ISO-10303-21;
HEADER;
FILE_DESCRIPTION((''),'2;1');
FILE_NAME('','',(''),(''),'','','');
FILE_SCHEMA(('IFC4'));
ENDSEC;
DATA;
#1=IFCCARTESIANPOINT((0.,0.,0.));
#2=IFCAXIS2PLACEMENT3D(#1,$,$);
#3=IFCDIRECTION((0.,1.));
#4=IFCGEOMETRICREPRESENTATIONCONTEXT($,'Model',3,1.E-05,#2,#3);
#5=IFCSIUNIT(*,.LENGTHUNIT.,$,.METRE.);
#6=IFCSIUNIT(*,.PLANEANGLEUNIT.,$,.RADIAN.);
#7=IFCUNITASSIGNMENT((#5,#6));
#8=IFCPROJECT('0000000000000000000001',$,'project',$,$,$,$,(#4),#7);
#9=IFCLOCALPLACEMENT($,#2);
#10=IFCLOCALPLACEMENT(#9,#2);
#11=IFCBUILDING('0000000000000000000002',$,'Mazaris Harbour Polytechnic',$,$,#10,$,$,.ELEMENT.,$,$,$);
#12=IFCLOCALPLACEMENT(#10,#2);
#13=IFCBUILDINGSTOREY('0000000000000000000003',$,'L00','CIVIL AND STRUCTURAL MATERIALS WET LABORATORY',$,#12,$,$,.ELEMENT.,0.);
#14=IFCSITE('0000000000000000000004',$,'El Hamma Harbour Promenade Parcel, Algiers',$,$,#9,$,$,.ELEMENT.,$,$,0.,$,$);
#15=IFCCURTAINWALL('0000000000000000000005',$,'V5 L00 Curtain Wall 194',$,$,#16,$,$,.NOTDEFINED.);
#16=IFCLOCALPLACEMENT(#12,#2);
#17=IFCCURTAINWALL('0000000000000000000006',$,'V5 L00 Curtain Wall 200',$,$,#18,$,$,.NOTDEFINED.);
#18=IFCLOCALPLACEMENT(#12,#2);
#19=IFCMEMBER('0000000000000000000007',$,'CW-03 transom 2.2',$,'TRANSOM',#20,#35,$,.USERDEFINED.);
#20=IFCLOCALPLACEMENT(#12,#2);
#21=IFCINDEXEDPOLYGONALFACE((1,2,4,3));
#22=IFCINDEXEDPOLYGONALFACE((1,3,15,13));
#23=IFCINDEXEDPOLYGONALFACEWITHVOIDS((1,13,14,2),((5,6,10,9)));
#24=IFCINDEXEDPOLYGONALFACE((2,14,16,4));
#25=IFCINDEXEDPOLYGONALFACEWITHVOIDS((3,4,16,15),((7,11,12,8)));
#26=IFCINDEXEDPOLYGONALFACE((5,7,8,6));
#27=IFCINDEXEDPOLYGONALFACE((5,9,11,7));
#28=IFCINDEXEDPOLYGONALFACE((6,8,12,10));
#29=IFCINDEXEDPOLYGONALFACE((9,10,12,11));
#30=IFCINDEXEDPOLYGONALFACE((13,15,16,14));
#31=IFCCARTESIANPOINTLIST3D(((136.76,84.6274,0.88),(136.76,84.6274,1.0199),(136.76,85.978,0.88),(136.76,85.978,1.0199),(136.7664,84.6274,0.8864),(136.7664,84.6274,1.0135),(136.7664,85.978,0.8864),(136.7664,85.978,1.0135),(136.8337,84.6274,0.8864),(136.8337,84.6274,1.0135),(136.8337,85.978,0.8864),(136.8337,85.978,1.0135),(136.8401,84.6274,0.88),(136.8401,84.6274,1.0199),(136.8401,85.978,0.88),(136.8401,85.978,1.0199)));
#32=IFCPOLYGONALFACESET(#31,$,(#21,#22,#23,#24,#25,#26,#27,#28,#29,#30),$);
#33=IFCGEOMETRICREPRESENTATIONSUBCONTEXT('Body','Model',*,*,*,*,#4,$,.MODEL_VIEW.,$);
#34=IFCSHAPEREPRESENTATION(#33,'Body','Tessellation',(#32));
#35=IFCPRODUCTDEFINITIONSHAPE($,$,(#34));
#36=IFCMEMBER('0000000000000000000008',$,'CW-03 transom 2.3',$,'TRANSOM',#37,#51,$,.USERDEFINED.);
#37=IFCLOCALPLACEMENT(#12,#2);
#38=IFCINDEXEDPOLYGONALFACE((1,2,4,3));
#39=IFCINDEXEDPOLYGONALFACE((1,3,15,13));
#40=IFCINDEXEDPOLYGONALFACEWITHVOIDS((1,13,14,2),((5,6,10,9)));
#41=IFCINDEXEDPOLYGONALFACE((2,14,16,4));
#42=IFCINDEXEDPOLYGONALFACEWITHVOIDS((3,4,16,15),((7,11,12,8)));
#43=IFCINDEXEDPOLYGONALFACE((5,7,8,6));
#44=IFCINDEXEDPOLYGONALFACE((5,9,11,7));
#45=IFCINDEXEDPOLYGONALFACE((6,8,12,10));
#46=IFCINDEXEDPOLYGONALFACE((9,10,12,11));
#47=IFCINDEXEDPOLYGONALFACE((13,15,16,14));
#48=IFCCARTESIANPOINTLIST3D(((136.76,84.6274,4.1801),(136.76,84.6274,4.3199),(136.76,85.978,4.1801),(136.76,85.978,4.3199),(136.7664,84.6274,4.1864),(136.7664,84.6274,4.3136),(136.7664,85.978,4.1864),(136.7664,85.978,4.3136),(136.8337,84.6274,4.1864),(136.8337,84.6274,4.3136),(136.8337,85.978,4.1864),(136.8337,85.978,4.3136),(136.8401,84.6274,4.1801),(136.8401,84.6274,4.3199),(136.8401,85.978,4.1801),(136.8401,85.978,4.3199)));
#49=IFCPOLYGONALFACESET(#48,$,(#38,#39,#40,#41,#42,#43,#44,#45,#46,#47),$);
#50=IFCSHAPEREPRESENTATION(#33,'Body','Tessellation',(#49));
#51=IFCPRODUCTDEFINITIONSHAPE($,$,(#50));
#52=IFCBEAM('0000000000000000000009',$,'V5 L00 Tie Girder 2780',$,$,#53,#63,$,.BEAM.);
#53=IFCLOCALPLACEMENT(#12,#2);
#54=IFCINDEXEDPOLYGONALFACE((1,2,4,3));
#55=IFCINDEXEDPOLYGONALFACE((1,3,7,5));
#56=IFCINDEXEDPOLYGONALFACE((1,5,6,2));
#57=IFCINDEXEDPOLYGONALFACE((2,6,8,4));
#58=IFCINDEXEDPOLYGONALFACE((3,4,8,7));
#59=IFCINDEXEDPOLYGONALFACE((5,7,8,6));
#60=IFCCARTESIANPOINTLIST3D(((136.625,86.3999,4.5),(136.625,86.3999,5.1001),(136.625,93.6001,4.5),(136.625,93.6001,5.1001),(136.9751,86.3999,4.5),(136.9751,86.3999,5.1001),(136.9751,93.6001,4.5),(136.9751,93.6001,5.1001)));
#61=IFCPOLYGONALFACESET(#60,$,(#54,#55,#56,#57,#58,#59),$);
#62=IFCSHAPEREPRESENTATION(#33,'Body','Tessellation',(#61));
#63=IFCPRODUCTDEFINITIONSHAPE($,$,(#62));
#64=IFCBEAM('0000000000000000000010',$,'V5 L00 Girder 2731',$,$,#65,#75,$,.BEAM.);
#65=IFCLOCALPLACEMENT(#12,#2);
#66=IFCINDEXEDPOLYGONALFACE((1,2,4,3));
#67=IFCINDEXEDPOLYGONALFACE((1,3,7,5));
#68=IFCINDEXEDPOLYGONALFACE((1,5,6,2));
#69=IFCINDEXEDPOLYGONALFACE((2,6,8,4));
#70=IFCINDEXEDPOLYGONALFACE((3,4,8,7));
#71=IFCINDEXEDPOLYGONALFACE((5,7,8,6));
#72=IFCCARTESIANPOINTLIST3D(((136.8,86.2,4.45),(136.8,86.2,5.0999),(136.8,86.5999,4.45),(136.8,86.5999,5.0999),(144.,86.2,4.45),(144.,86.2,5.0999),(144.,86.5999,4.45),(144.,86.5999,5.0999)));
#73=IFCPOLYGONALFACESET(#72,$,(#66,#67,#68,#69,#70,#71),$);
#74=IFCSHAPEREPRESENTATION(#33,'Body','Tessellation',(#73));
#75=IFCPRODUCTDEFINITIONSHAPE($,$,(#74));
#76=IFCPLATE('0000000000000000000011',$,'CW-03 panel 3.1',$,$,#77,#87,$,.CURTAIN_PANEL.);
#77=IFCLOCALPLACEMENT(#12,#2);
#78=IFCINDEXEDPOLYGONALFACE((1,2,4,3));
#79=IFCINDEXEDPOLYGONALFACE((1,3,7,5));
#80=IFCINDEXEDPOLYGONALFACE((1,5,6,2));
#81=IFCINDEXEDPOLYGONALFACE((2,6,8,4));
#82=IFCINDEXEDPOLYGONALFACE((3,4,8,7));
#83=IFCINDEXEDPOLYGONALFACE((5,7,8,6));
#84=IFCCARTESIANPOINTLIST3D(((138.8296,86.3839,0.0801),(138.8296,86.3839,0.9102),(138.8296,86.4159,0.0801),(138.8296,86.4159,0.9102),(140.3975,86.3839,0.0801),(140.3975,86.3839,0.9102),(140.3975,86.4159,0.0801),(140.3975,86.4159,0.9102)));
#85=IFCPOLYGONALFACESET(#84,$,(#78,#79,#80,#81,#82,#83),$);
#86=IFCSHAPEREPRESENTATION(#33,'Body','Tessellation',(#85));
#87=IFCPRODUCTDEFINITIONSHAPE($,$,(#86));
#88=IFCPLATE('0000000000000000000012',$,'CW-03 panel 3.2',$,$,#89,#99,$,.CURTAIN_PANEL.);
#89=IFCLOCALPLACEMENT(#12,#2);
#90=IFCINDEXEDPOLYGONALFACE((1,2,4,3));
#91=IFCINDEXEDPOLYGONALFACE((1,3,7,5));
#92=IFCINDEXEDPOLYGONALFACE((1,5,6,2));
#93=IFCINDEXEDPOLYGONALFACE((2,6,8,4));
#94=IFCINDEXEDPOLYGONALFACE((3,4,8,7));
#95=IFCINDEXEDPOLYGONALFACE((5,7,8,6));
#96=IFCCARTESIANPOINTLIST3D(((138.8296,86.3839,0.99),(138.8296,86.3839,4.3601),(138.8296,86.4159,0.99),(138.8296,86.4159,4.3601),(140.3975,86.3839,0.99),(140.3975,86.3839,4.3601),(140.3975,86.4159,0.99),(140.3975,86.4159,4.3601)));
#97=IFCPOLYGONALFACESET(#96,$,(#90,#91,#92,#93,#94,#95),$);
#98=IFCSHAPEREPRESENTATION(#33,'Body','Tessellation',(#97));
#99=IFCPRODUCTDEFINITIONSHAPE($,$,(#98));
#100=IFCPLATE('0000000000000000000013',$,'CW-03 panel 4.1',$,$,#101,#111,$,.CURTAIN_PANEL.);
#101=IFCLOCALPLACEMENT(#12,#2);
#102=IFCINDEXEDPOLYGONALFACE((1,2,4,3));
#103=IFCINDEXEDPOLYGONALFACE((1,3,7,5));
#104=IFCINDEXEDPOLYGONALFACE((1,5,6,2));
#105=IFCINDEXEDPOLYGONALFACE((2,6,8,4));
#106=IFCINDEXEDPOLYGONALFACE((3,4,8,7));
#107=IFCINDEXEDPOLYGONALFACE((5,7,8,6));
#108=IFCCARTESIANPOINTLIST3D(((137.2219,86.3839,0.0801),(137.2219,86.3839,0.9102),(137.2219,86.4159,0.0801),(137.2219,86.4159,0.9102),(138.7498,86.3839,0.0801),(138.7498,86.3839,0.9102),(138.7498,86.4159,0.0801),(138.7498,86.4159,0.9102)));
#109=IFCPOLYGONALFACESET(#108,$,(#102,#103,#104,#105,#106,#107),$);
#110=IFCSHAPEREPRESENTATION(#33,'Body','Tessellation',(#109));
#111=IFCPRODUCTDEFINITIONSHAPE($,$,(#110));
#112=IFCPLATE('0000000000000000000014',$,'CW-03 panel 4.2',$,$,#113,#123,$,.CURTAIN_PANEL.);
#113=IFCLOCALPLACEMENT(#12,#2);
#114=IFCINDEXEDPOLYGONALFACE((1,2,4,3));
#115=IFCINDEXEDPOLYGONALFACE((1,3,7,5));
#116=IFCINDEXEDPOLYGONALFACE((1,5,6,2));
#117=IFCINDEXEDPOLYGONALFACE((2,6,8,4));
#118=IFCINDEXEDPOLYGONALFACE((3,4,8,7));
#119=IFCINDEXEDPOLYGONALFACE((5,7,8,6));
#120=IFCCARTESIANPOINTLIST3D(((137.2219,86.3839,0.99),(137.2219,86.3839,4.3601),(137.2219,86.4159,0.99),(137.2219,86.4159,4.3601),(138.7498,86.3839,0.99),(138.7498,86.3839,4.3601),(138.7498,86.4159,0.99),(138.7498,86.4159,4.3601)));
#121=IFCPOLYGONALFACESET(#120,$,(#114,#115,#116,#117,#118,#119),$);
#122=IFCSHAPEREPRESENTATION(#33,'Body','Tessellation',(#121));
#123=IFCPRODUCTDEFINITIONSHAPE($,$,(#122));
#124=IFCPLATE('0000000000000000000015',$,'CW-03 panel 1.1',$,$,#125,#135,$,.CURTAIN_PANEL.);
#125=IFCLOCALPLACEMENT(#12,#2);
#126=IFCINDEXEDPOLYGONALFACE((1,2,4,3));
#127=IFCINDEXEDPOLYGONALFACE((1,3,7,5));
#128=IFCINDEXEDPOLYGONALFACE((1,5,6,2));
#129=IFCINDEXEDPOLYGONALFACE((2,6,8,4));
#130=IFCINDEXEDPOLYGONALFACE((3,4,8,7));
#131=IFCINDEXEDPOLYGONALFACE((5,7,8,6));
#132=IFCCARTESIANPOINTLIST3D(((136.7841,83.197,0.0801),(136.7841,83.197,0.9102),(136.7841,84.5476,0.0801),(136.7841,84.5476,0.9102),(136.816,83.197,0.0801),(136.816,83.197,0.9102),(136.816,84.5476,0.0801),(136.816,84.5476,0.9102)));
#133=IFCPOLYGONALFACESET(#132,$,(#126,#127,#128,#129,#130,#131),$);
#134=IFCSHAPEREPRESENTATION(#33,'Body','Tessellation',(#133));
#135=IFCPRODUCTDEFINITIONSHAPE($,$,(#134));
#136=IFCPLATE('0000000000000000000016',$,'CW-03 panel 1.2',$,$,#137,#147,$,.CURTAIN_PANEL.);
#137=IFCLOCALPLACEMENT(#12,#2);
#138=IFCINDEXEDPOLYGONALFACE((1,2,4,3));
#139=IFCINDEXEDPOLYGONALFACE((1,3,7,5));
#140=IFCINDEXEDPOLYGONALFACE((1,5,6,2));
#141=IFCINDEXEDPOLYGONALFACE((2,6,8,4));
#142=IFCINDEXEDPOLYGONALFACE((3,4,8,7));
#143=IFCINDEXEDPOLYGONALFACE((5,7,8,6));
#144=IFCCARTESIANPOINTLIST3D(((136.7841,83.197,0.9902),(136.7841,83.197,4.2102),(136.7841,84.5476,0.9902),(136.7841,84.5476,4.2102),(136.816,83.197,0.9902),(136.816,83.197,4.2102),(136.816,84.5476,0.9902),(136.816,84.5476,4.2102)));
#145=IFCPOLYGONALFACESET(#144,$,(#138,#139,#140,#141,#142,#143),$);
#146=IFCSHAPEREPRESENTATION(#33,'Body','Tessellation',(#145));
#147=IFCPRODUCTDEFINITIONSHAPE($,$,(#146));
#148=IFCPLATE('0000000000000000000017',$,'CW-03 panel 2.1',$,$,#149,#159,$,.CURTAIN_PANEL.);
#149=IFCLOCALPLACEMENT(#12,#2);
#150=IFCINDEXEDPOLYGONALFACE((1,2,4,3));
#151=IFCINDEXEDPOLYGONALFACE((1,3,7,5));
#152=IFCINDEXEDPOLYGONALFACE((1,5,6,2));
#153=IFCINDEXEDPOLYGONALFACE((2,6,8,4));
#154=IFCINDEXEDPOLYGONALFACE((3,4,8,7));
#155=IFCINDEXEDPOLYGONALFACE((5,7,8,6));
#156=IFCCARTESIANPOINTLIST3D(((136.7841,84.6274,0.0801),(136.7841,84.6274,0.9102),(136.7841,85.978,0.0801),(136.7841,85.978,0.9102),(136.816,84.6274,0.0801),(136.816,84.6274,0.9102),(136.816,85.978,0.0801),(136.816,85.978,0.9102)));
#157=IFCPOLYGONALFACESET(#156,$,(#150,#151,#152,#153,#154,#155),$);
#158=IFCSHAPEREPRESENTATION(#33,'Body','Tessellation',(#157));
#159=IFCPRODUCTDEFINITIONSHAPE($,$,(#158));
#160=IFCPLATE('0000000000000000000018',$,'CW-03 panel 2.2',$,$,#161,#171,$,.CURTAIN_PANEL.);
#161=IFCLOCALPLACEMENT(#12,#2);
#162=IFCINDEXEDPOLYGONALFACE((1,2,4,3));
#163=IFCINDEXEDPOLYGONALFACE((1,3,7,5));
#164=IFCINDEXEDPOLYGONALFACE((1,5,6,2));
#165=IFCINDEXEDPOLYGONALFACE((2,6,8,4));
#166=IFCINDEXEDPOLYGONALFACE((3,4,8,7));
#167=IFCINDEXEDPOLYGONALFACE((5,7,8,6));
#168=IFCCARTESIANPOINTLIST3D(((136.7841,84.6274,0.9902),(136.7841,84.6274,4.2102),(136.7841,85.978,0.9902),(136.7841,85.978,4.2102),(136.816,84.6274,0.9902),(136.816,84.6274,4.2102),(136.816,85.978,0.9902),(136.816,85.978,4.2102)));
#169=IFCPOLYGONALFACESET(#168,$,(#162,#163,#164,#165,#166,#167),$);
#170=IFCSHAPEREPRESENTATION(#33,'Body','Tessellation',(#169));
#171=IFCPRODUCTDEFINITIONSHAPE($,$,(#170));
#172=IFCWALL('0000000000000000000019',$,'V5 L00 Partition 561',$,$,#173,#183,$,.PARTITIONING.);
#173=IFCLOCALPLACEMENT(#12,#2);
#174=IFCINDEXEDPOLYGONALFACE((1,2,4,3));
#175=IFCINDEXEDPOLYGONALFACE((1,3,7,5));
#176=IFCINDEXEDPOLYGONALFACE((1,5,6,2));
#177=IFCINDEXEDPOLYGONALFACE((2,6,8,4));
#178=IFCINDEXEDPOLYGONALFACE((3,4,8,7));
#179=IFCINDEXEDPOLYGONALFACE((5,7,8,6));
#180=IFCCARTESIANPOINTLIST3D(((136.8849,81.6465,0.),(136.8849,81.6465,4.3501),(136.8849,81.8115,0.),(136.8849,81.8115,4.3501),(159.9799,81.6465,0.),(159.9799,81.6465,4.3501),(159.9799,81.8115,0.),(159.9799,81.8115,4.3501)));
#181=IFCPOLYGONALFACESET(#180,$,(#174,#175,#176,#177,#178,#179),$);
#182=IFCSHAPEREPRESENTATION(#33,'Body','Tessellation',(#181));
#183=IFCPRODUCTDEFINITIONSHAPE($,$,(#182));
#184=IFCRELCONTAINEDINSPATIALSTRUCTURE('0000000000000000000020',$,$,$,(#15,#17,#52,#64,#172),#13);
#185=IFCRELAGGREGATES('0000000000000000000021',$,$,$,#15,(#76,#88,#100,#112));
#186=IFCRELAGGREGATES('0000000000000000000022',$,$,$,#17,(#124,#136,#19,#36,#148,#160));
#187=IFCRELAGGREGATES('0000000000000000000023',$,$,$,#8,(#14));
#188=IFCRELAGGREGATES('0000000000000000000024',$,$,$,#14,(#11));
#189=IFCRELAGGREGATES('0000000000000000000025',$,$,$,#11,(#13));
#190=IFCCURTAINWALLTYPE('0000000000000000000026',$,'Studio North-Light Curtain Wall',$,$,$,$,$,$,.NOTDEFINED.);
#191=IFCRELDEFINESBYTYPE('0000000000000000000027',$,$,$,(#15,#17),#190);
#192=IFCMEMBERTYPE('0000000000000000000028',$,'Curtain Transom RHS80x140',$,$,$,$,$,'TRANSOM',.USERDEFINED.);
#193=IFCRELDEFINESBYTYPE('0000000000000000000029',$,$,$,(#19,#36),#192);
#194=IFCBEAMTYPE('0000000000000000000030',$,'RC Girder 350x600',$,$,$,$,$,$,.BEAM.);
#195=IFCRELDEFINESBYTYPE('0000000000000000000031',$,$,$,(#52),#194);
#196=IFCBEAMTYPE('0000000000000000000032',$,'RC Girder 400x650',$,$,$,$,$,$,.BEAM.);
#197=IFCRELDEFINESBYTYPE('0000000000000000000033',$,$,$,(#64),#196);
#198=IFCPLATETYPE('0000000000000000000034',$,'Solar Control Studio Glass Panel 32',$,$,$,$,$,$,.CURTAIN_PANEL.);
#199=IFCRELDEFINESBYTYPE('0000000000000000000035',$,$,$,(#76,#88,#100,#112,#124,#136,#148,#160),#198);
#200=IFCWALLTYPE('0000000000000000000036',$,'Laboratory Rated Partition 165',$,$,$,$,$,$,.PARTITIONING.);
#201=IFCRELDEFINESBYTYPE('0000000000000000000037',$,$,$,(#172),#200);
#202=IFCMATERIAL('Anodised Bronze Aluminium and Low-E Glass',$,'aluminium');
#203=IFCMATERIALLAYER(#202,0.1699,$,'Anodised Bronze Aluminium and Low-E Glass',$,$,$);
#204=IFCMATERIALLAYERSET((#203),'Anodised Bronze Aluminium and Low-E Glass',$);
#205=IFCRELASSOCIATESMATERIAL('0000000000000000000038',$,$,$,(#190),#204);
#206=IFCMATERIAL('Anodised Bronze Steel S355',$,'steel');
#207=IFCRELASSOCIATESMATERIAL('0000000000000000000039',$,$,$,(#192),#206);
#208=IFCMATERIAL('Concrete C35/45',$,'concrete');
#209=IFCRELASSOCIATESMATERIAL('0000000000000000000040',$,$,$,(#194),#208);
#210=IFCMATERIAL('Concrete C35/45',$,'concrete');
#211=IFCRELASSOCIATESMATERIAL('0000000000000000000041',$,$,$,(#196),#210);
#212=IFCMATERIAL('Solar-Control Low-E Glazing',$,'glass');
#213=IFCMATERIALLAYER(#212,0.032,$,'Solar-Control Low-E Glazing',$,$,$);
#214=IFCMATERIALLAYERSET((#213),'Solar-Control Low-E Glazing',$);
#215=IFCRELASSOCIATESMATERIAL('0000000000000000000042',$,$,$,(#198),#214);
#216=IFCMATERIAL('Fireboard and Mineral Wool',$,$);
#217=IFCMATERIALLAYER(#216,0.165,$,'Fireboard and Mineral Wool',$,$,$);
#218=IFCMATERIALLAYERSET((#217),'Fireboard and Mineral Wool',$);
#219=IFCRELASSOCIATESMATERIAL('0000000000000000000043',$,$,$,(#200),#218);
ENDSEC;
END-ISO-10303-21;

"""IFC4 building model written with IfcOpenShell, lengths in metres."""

from ifc_helpers import new_model, si_unit, direction, frame, frame_2d, origin, origin_2d, place, context, subcontext, project, spatial, rectangle, hollow_rectangle, extrude, material, layer, layer_set, material_profile, profile_set, type_object, element, aggregate, save


model = new_model("IFC4")

# Units and contexts
model_context = context("Model", 3, precision=1e-05, world=origin(), true_north=direction((0.0, 1.0)))
body_context = subcontext(model_context, "Body", "Model", "MODEL_VIEW")
ifc_project = project(units=[si_unit("LENGTHUNIT", "METRE"), si_unit("PLANEANGLEUNIT", "RADIAN")], contexts=[model_context])

# Site, building, storey
site_placement = place(None, origin())
site = spatial("IfcSite", under=ifc_project, at=site_placement, Name="El Hamma Harbour Promenade Parcel, Algiers", CompositionType="ELEMENT", RefElevation=0.0)
building_placement = place(site_placement, origin())
building = spatial("IfcBuilding", under=site, at=building_placement, Name="Mazaris Harbour Polytechnic", CompositionType="ELEMENT")
storey_placement = place(building_placement, origin())
storey = spatial("IfcBuildingStorey", under=building, at=storey_placement, Name="L00", Description="CIVIL AND STRUCTURAL MATERIALS WET LABORATORY", CompositionType="ELEMENT", Elevation=0.0)

# Curtain walls
ifc_material_1 = material(Name="Anodised Bronze Aluminium and Low-E Glass", Category="aluminium")
ifc_layer_1 = layer(ifc_material_1, 0.1699, Name="Anodised Bronze Aluminium and Low-E Glass")
ifc_layer_set_1 = layer_set([ifc_layer_1], Name="Anodised Bronze Aluminium and Low-E Glass")
curtain_wall_type = type_object("IfcCurtainWallType", Name="Studio North-Light Curtain Wall", PredefinedType="NOTDEFINED", material=ifc_layer_set_1)
curtain_wall_1_placement = place(storey_placement, origin())
curtain_wall_1 = element("IfcCurtainWall", 1, at=curtain_wall_1_placement, inside=storey, type_object=curtain_wall_type, Name="V5 L00 Curtain Wall 194", PredefinedType="NOTDEFINED")
curtain_wall_2_placement = place(storey_placement, origin())
curtain_wall_2 = element("IfcCurtainWall", 2, at=curtain_wall_2_placement, inside=storey, type_object=curtain_wall_type, Name="V5 L00 Curtain Wall 200", PredefinedType="NOTDEFINED")

# Members
ifc_material_2 = material(Name="Anodised Bronze Steel S355", Category="steel")
ifc_material_profile_1 = material_profile(ifc_material_2, hollow_rectangle(XDim=0.0801, YDim=0.1399, WallThickness=0.0063, at=origin_2d()), Name="RHS 80x140x6.3")
ifc_profile_set_1 = profile_set([ifc_material_profile_1], Name="Anodised Bronze Steel S355")
member_type_1 = type_object("IfcMemberType", Name="Curtain Transom RHS80x140", ElementType="TRANSOM", PredefinedType="USERDEFINED", material=ifc_profile_set_1)
member_1_placement = place(storey_placement, frame((136.8, 84.6274, 0.95), z_axis=(0.0, 1.0, 0.0), x_axis=(-1.0, 0.0, 0.0)))
member_1 = element("IfcMember", 3, at=member_1_placement, type_object=member_type_1, Name="CW-03 transom 2.2", ObjectType="TRANSOM", PredefinedType="USERDEFINED", context=body_context, shape_type="SweptSolid", body=[
    extrude(hollow_rectangle(XDim=0.0801, YDim=0.1399, WallThickness=0.0063, at=origin_2d()), origin(), (0.0, 0.0, 1.0), 1.3506),
])
member_2_placement = place(storey_placement, frame((136.8, 84.6274, 4.25), z_axis=(0.0, 1.0, 0.0), x_axis=(-1.0, 0.0, 0.0)))
member_2 = element("IfcMember", 4, at=member_2_placement, type_object=member_type_1, Name="CW-03 transom 2.3", ObjectType="TRANSOM", PredefinedType="USERDEFINED", context=body_context, shape_type="SweptSolid", body=[
    extrude(hollow_rectangle(XDim=0.0801, YDim=0.1399, WallThickness=0.0063, at=origin_2d()), origin(), (0.0, 0.0, 1.0), 1.3506),
])

# Beams
ifc_material_3 = material(Name="Concrete C35/45", Category="concrete")
ifc_material_profile_2 = material_profile(ifc_material_3, rectangle(XDim=0.3501, YDim=0.6001, at=origin_2d()), Name="RECT350x600")
ifc_profile_set_2 = profile_set([ifc_material_profile_2], Name="Concrete C35/45")
beam_type_1 = type_object("IfcBeamType", Name="RC Girder 350x600", PredefinedType="BEAM", material=ifc_profile_set_2)
beam_1_placement = place(storey_placement, frame((136.8, 86.3999, 4.8), z_axis=(0.0, 1.0, 0.0), x_axis=(-1.0, 0.0, 0.0)))
element("IfcBeam", 5, at=beam_1_placement, inside=storey, type_object=beam_type_1, Name="V5 L00 Tie Girder 2780", PredefinedType="BEAM", context=body_context, shape_type="SweptSolid", body=[
    extrude(rectangle(XDim=0.3501, YDim=0.6001, at=origin_2d()), origin(), (0.0, 0.0, 1.0), 7.2002),
])
ifc_material_4 = material(Name="Concrete C35/45", Category="concrete")
ifc_material_profile_3 = material_profile(ifc_material_4, rectangle(XDim=0.3999, YDim=0.6499, at=origin_2d()), Name="RECT400x650")
ifc_profile_set_3 = profile_set([ifc_material_profile_3], Name="Concrete C35/45")
beam_type_2 = type_object("IfcBeamType", Name="RC Girder 400x650", PredefinedType="BEAM", material=ifc_profile_set_3)
beam_2_placement = place(storey_placement, frame((136.8, 86.3999, 4.7749), z_axis=(1.0, 0.0, 0.0), x_axis=(0.0, 1.0, 0.0)))
element("IfcBeam", 6, at=beam_2_placement, inside=storey, type_object=beam_type_2, Name="V5 L00 Girder 2731", PredefinedType="BEAM", context=body_context, shape_type="SweptSolid", body=[
    extrude(rectangle(XDim=0.3999, YDim=0.6499, at=origin_2d()), origin(), (0.0, 0.0, 1.0), 7.2),
])

# Plates
ifc_material_5 = material(Name="Solar-Control Low-E Glazing", Category="glass")
ifc_layer_2 = layer(ifc_material_5, 0.032, Name="Solar-Control Low-E Glazing")
ifc_layer_set_2 = layer_set([ifc_layer_2], Name="Solar-Control Low-E Glazing")
plate_type = type_object("IfcPlateType", Name="Solar Control Studio Glass Panel 32", PredefinedType="CURTAIN_PANEL", material=ifc_layer_set_2)
plate_1_placement = place(storey_placement, frame((139.6135, 86.3999, 0.0801), z_axis=(0.0, 0.0, 1.0), x_axis=(-1.0, 0.0, 0.0)))
plate_1 = element("IfcPlate", 7, at=plate_1_placement, type_object=plate_type, Name="CW-03 panel 3.1", PredefinedType="CURTAIN_PANEL", context=body_context, shape_type="SweptSolid", body=[
    extrude(rectangle(XDim=1.5679, YDim=0.032, at=origin_2d()), origin(), (0.0, 0.0, 1.0), 0.8301),
])
plate_2_placement = place(storey_placement, frame((139.6135, 86.3999, 0.99), z_axis=(0.0, 0.0, 1.0), x_axis=(-1.0, 0.0, 0.0)))
plate_2 = element("IfcPlate", 8, at=plate_2_placement, type_object=plate_type, Name="CW-03 panel 3.2", PredefinedType="CURTAIN_PANEL", context=body_context, shape_type="SweptSolid", body=[
    extrude(rectangle(XDim=1.5679, YDim=0.032, at=origin_2d()), origin(), (0.0, 0.0, 1.0), 3.3701),
])
plate_3_placement = place(storey_placement, frame((137.9858, 86.3999, 0.0801), z_axis=(0.0, 0.0, 1.0), x_axis=(-1.0, 0.0, 0.0)))
plate_3 = element("IfcPlate", 9, at=plate_3_placement, type_object=plate_type, Name="CW-03 panel 4.1", PredefinedType="CURTAIN_PANEL", context=body_context, shape_type="SweptSolid", body=[
    extrude(rectangle(XDim=1.5278, YDim=0.032, at=origin_2d()), origin(), (0.0, 0.0, 1.0), 0.8301),
])
plate_4_placement = place(storey_placement, frame((137.9858, 86.3999, 0.99), z_axis=(0.0, 0.0, 1.0), x_axis=(-1.0, 0.0, 0.0)))
plate_4 = element("IfcPlate", 10, at=plate_4_placement, type_object=plate_type, Name="CW-03 panel 4.2", PredefinedType="CURTAIN_PANEL", context=body_context, shape_type="SweptSolid", body=[
    extrude(rectangle(XDim=1.5278, YDim=0.032, at=origin_2d()), origin(), (0.0, 0.0, 1.0), 3.3701),
])
aggregate(curtain_wall_1, [plate_1, plate_2, plate_3, plate_4])
plate_5_placement = place(storey_placement, frame((136.8, 83.8723, 0.0801), z_axis=(0.0, 0.0, 1.0), x_axis=(0.0, 1.0, 0.0)))
plate_5 = element("IfcPlate", 11, at=plate_5_placement, type_object=plate_type, Name="CW-03 panel 1.1", PredefinedType="CURTAIN_PANEL", context=body_context, shape_type="SweptSolid", body=[
    extrude(rectangle(XDim=1.3506, YDim=0.032, at=origin_2d()), origin(), (0.0, 0.0, 1.0), 0.8301),
])
plate_6_placement = place(storey_placement, frame((136.8, 83.8723, 0.9902), z_axis=(0.0, 0.0, 1.0), x_axis=(0.0, 1.0, 0.0)))
plate_6 = element("IfcPlate", 12, at=plate_6_placement, type_object=plate_type, Name="CW-03 panel 1.2", PredefinedType="CURTAIN_PANEL", context=body_context, shape_type="SweptSolid", body=[
    extrude(rectangle(XDim=1.3506, YDim=0.032, at=origin_2d()), origin(), (0.0, 0.0, 1.0), 3.22),
])
plate_7_placement = place(storey_placement, frame((136.8, 85.3027, 0.0801), z_axis=(0.0, 0.0, 1.0), x_axis=(0.0, 1.0, 0.0)))
plate_7 = element("IfcPlate", 13, at=plate_7_placement, type_object=plate_type, Name="CW-03 panel 2.1", PredefinedType="CURTAIN_PANEL", context=body_context, shape_type="SweptSolid", body=[
    extrude(rectangle(XDim=1.3506, YDim=0.032, at=origin_2d()), origin(), (0.0, 0.0, 1.0), 0.8301),
])
plate_8_placement = place(storey_placement, frame((136.8, 85.3027, 0.9902), z_axis=(0.0, 0.0, 1.0), x_axis=(0.0, 1.0, 0.0)))
plate_8 = element("IfcPlate", 14, at=plate_8_placement, type_object=plate_type, Name="CW-03 panel 2.2", PredefinedType="CURTAIN_PANEL", context=body_context, shape_type="SweptSolid", body=[
    extrude(rectangle(XDim=1.3506, YDim=0.032, at=origin_2d()), origin(), (0.0, 0.0, 1.0), 3.22),
])
aggregate(curtain_wall_2, [plate_5, plate_6, member_1, member_2, plate_7, plate_8])

# Wall
ifc_material_6 = material(Name="Fireboard and Mineral Wool")
ifc_layer_3 = layer(ifc_material_6, 0.165, Name="Fireboard and Mineral Wool")
ifc_layer_set_3 = layer_set([ifc_layer_3], Name="Fireboard and Mineral Wool")
wall_type = type_object("IfcWallType", Name="Laboratory Rated Partition 165", PredefinedType="PARTITIONING", material=ifc_layer_set_3)
wall_placement = place(storey_placement, frame((136.885, 81.729, 0.0), z_axis=(0.0, 0.0, 1.0), x_axis=(1.0, 0.0, 0.0)))
element("IfcWall", 15, at=wall_placement, inside=storey, type_object=wall_type, Name="V5 L00 Partition 561", PredefinedType="PARTITIONING", context=body_context, shape_type="SweptSolid", body=[
    extrude(rectangle(XDim=23.095, YDim=0.165, at=frame_2d((11.5474, 0.0))), origin(), (0.0, 0.0, 1.0), 4.3501),
])

save(model, "model.ifc")
